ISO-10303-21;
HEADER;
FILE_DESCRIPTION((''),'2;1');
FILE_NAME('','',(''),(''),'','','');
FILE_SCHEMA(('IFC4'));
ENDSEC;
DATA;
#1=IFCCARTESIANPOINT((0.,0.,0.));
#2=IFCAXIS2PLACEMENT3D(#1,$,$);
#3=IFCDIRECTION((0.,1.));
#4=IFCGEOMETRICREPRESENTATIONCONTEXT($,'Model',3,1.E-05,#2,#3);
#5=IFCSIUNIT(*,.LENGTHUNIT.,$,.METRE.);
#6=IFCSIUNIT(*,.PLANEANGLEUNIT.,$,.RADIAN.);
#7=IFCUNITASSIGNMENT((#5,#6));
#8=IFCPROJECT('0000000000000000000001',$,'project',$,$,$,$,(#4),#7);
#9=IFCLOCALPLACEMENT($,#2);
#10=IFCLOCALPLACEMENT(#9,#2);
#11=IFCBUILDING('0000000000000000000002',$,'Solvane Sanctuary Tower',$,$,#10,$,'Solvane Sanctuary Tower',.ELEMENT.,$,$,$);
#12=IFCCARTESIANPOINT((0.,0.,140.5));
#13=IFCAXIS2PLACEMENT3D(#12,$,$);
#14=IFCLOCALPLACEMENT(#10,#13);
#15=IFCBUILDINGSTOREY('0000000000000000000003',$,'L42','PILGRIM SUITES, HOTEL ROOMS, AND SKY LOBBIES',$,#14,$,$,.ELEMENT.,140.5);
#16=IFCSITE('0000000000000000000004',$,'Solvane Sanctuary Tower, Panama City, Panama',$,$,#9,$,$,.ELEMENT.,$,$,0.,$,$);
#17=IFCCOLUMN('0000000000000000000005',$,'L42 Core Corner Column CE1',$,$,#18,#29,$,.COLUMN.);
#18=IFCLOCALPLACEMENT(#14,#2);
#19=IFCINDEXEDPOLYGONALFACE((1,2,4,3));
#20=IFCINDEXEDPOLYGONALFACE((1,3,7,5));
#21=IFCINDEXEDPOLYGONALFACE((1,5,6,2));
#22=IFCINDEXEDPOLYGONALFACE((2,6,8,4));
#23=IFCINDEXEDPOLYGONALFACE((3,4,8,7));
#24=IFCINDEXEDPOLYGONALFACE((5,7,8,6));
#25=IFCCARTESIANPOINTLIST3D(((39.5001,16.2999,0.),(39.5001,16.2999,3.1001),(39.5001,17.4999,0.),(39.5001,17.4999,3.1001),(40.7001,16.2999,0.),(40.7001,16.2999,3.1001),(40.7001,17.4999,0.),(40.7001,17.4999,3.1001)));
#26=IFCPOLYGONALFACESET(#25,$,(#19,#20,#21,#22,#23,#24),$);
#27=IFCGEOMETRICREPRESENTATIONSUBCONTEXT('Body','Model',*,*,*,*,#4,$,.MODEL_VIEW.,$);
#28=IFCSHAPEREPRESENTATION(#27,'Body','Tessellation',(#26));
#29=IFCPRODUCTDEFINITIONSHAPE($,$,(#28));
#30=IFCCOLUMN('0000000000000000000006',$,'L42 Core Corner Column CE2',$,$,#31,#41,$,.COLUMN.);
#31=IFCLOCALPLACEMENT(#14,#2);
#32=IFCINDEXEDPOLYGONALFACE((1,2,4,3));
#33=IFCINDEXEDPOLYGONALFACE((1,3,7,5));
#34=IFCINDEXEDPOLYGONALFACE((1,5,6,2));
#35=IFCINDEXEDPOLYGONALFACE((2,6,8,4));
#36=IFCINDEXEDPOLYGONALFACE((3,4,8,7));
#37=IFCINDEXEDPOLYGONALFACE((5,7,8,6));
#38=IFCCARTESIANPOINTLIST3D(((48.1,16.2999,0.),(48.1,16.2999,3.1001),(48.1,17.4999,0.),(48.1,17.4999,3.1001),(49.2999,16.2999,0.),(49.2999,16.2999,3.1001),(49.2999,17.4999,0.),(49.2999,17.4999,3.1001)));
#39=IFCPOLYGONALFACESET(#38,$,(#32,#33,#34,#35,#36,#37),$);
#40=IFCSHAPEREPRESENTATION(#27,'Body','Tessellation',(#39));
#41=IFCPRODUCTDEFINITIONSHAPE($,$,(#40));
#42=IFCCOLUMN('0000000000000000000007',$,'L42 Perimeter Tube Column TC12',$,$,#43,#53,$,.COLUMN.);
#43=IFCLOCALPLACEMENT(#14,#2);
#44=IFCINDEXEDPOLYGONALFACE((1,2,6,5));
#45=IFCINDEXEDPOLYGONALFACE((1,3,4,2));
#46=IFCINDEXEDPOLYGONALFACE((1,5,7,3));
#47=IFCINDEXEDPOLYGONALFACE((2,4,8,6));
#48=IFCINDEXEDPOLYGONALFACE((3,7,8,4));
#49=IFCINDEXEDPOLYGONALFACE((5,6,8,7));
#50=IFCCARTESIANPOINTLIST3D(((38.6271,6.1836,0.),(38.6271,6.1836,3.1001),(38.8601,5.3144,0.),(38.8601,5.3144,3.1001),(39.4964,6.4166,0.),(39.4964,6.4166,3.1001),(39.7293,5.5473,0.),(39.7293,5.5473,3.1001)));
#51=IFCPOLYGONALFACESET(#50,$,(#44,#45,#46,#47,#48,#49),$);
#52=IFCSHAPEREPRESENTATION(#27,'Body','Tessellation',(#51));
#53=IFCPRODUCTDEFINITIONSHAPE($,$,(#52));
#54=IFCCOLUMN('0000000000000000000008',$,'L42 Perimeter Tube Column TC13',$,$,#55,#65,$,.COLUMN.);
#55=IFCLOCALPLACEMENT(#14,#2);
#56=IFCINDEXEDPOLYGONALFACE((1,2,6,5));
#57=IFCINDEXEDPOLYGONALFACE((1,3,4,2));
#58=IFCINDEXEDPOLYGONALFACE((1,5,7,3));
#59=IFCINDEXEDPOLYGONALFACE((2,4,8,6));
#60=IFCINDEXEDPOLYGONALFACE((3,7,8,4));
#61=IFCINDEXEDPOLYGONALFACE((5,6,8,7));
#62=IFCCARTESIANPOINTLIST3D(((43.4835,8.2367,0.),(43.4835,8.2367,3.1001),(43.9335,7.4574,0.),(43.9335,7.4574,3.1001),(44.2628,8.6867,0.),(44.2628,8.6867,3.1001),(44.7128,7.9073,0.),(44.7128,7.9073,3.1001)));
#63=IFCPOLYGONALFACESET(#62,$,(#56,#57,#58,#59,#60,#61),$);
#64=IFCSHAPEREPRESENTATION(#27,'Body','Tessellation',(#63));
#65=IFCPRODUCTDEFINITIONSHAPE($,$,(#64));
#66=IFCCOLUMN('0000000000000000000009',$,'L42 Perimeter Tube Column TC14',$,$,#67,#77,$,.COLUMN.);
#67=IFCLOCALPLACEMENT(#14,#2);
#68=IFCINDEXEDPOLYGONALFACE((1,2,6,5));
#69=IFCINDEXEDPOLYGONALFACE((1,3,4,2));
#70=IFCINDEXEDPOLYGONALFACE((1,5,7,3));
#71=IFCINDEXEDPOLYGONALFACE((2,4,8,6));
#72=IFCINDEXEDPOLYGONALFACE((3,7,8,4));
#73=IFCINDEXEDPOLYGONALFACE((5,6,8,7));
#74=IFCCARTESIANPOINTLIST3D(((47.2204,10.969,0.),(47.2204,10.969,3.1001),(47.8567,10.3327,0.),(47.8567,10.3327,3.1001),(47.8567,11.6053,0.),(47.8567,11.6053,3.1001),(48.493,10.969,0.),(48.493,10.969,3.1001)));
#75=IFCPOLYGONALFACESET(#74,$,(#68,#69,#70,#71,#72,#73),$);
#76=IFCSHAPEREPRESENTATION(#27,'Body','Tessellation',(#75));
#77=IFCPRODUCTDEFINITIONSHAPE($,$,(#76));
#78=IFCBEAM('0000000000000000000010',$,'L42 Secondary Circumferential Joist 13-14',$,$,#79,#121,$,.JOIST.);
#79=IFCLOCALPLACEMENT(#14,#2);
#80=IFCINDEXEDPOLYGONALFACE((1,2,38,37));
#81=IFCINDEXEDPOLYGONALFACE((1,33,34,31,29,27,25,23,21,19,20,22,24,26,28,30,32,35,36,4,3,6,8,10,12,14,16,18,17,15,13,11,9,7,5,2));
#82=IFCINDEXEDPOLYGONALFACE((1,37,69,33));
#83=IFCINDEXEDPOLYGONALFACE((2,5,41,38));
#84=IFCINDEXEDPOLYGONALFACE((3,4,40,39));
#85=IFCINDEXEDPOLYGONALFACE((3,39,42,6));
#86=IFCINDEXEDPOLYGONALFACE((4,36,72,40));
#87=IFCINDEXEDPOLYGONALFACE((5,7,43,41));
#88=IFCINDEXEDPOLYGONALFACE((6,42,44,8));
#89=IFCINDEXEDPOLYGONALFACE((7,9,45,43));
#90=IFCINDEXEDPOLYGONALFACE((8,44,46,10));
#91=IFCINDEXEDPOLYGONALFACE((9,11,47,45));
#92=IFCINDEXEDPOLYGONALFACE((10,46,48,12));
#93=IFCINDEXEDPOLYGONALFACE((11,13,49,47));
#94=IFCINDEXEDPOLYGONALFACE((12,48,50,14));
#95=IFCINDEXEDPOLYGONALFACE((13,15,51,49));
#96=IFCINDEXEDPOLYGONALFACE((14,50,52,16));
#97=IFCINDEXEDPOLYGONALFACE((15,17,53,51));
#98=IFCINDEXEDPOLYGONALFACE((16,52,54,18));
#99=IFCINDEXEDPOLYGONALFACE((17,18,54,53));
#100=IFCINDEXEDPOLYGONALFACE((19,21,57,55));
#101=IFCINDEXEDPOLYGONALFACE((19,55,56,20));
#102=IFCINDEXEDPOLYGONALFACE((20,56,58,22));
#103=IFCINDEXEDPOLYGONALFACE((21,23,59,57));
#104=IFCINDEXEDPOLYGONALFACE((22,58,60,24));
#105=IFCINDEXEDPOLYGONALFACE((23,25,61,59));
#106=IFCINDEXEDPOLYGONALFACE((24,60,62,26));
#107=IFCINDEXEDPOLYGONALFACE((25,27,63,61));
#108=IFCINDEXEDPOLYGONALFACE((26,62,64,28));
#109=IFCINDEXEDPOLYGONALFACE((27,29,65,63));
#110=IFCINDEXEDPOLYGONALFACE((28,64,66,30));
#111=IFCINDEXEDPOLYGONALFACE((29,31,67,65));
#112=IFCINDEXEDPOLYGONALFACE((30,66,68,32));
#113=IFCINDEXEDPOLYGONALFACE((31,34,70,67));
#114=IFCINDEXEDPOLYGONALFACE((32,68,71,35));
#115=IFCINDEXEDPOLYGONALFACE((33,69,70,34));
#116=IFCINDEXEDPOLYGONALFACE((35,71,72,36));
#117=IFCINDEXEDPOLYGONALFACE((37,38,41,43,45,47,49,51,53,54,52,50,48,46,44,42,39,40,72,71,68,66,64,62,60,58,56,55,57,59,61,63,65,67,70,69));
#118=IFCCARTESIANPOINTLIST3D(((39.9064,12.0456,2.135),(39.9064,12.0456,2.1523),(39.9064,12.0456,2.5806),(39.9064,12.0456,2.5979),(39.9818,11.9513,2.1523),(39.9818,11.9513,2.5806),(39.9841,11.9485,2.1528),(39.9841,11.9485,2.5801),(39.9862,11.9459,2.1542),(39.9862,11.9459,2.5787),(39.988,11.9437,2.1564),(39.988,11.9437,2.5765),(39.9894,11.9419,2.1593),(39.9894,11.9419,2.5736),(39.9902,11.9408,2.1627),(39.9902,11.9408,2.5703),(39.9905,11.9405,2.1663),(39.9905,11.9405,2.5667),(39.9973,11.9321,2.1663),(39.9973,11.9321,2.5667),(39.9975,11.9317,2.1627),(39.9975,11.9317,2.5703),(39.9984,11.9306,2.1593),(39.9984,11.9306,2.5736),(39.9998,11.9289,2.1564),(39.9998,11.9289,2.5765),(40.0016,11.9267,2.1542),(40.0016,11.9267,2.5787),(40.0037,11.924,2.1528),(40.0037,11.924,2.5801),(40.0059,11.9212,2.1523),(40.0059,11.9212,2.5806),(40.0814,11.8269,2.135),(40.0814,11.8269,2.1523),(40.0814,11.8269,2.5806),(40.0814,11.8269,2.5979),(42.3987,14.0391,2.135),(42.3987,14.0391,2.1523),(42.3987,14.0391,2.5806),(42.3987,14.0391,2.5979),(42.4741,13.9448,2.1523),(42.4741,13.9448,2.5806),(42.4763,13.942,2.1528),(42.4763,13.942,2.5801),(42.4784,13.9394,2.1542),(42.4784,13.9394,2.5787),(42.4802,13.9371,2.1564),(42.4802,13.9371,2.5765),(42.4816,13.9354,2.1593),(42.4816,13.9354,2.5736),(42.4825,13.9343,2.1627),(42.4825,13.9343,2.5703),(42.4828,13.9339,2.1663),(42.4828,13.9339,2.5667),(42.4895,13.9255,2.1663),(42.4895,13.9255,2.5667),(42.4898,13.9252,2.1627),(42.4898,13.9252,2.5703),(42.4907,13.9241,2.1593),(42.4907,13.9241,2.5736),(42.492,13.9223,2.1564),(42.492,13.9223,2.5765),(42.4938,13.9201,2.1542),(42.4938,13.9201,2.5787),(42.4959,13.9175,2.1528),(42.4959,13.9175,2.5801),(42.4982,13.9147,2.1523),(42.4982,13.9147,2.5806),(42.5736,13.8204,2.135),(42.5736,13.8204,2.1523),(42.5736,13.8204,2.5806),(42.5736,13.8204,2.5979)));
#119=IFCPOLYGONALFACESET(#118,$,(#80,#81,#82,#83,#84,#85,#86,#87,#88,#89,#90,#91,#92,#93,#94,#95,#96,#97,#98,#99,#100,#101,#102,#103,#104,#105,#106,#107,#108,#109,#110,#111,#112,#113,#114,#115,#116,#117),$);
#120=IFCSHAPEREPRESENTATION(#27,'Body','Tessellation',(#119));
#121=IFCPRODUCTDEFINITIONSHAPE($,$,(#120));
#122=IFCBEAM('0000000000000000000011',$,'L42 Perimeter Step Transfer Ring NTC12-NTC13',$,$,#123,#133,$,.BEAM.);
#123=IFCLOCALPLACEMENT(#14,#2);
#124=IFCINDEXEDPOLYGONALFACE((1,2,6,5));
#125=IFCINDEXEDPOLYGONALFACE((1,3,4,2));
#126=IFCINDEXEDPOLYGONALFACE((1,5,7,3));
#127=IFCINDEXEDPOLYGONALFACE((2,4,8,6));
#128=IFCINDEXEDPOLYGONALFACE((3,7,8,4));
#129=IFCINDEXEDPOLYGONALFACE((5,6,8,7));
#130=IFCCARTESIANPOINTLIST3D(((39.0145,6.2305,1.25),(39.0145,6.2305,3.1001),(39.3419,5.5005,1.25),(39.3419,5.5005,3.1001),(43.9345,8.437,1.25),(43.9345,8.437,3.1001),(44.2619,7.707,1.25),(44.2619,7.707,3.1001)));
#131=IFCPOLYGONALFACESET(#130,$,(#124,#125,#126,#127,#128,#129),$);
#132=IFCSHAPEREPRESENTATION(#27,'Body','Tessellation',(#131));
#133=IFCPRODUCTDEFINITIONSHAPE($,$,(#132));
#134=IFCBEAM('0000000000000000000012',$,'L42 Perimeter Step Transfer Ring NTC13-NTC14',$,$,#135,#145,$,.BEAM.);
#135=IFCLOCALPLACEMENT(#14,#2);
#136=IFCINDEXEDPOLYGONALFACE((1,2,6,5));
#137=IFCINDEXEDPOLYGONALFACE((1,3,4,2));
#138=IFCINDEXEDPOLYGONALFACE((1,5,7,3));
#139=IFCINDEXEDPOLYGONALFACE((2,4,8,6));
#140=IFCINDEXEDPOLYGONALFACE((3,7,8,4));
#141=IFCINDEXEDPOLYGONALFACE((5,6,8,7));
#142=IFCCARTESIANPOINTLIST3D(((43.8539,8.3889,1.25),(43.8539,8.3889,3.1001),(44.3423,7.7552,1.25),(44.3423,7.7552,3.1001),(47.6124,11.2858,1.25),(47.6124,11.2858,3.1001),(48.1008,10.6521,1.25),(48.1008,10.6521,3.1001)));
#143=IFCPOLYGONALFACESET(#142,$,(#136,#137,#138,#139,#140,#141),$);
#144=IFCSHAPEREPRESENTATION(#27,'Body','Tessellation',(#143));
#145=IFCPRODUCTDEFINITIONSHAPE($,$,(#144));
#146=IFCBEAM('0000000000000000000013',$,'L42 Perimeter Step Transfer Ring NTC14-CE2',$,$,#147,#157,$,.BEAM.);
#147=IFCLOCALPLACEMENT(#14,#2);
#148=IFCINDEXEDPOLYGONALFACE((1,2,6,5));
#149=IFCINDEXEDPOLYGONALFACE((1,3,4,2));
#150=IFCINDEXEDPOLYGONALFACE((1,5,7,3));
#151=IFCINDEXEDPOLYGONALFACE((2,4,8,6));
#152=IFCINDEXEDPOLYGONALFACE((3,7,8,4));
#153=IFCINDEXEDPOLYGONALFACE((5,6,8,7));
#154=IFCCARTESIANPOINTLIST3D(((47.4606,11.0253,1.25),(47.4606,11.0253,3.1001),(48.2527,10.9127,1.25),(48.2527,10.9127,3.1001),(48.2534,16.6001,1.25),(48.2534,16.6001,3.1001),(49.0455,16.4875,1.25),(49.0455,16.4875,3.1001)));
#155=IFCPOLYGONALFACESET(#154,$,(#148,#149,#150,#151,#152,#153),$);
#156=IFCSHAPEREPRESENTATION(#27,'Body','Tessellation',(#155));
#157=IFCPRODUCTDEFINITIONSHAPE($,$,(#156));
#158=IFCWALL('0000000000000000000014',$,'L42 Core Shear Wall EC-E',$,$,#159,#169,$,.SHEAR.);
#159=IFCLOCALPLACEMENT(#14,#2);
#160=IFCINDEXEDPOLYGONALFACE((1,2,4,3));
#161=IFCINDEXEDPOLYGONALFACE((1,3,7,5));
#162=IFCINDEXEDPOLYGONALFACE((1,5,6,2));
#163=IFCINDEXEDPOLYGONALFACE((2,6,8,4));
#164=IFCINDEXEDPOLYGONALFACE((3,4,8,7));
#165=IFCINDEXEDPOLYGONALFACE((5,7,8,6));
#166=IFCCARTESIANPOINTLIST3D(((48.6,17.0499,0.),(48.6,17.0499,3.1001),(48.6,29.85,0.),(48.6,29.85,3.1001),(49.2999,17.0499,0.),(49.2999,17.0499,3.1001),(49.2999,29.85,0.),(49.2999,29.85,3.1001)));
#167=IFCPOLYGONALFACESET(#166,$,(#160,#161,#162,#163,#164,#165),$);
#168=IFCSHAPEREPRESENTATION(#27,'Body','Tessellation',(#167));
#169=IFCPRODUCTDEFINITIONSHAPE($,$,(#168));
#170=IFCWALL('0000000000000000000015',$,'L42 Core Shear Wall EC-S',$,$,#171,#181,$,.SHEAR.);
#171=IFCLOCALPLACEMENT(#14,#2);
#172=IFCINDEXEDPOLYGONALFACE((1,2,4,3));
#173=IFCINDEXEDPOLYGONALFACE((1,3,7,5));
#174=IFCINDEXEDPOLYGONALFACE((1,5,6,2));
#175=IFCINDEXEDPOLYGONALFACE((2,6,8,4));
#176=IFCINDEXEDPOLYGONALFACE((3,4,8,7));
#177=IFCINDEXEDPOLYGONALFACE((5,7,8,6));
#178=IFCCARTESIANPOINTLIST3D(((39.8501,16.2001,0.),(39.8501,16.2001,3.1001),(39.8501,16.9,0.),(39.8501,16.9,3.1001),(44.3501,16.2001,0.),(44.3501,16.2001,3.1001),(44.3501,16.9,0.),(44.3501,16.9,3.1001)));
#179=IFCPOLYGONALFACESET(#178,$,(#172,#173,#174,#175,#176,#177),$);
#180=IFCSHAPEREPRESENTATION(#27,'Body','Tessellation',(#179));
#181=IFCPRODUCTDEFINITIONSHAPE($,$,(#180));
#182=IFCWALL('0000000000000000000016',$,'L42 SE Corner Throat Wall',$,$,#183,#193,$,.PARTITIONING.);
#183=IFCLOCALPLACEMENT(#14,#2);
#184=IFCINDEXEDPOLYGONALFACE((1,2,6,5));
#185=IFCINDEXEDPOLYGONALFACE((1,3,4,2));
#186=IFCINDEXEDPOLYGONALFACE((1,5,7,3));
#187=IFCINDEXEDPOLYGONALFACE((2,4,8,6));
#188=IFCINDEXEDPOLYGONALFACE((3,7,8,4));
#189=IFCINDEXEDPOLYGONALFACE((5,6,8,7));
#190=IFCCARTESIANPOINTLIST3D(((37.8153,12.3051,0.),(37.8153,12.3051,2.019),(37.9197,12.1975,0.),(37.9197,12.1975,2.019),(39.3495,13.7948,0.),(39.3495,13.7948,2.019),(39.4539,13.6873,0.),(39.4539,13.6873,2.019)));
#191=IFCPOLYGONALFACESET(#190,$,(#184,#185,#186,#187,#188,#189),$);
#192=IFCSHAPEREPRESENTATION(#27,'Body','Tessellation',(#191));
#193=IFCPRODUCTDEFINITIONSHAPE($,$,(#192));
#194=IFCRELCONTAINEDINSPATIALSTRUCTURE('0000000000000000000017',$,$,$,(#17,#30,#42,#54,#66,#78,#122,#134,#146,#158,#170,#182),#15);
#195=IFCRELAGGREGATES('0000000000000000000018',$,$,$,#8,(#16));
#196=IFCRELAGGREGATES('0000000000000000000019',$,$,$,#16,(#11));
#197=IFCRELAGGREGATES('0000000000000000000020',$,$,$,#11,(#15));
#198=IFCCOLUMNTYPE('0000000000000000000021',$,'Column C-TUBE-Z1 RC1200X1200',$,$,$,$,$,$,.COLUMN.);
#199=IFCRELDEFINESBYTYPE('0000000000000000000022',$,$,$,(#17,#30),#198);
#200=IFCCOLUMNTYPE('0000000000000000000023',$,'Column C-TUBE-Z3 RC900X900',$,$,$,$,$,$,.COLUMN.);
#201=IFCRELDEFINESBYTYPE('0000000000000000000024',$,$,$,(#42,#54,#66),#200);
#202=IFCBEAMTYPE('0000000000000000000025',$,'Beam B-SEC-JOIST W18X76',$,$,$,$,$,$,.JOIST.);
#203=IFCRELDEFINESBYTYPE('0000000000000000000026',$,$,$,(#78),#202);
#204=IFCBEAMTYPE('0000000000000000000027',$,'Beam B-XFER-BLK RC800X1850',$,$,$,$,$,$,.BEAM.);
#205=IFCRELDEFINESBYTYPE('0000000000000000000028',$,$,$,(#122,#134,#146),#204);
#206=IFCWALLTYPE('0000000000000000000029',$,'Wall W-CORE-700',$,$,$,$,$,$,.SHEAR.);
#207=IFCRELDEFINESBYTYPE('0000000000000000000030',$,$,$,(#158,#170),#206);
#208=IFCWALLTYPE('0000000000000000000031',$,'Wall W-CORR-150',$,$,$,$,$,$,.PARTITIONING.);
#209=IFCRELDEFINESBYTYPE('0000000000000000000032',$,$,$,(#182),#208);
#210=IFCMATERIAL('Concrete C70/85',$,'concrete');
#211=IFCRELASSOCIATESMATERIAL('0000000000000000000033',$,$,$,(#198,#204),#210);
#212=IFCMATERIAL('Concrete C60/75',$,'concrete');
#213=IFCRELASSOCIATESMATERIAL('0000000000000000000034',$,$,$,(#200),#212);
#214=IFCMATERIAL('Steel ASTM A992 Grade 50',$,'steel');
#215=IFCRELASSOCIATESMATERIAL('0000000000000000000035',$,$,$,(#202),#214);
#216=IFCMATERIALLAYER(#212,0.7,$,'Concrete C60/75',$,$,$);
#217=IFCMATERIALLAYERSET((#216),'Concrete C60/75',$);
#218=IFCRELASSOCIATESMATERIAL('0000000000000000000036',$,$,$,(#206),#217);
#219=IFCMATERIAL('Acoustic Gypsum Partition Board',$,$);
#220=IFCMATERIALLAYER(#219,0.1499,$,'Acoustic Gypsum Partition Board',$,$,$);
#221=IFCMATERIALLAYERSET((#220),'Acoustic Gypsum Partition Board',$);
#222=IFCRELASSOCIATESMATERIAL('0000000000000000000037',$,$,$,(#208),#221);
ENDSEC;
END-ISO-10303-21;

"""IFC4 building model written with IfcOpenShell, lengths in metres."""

from ifc_helpers import new_model, si_unit, direction, frame, frame_2d, origin, origin_2d, place, context, subcontext, project, spatial, rectangle, i_section, extrude, material, layer, layer_set, material_profile, profile_set, type_object, element, save


model = new_model("IFC4")

# Units and contexts
model_context = context("Model", 3, precision=1e-05, world=origin(), true_north=direction((0.0, 1.0)))
body_context = subcontext(model_context, "Body", "Model", "MODEL_VIEW")
ifc_project = project(units=[si_unit("LENGTHUNIT", "METRE"), si_unit("PLANEANGLEUNIT", "RADIAN")], contexts=[model_context])

# Site, building, storey
site_placement = place(None, origin())
site = spatial("IfcSite", under=ifc_project, at=site_placement, Name="Solvane Sanctuary Tower, Panama City, Panama", CompositionType="ELEMENT", RefElevation=0.0)
building_placement = place(site_placement, origin())
building = spatial("IfcBuilding", under=site, at=building_placement, Name="Solvane Sanctuary Tower", LongName="Solvane Sanctuary Tower", CompositionType="ELEMENT")
storey_placement = place(building_placement, frame((0.0, 0.0, 140.5)))
storey = spatial("IfcBuildingStorey", under=building, at=storey_placement, Name="L42", Description="PILGRIM SUITES, HOTEL ROOMS, AND SKY LOBBIES", CompositionType="ELEMENT", Elevation=140.5)

# Columns
ifc_material_1 = material(Name="Concrete C70/85", Category="concrete")
ifc_material_profile_1 = material_profile(ifc_material_1, rectangle(XDim=1.2, YDim=1.2, at=origin_2d()), Name="RC1200X1200")
ifc_profile_set_1 = profile_set([ifc_material_profile_1], Name="Concrete C70/85")
column_type_1 = type_object("IfcColumnType", Name="Column C-TUBE-Z1 RC1200X1200", PredefinedType="COLUMN", material=ifc_profile_set_1)
for number, where, z_axis, x_axis, name in (
    (1, (40.1001, 16.8999, 0.0), (0.0, 0.0, 1.0), (1.0, 0.0, 0.0), "L42 Core Corner Column CE1"),
    (2, (48.7, 16.8999, 0.0), (0.0, 0.0, 1.0), (1.0, 0.0, 0.0), "L42 Core Corner Column CE2"),
):
    element("IfcColumn", number, at=place(storey_placement, frame(where, z_axis=z_axis, x_axis=x_axis)), inside=storey, type_object=column_type_1, Name=name, PredefinedType="COLUMN", context=body_context, shape_type="SweptSolid", body=[
        extrude(rectangle(XDim=1.2, YDim=1.2, at=origin_2d()), origin(), (0.0, 0.0, 1.0), 3.1001),
    ])
ifc_material_2 = material(Name="Concrete C60/75", Category="concrete")
ifc_material_profile_2 = material_profile(ifc_material_2, rectangle(XDim=0.8999, YDim=0.8999, at=origin_2d()), Name="RC900X900")
ifc_profile_set_2 = profile_set([ifc_material_profile_2], Name="Concrete C60/75")
column_type_2 = type_object("IfcColumnType", Name="Column C-TUBE-Z3 RC900X900", PredefinedType="COLUMN", material=ifc_profile_set_2)
for number, where, z_axis, x_axis, name in (
    (3, (39.1782, 5.8655, 0.0), (0.0, 0.0, 1.0), (0.258819, -0.965926, 0.0), "L42 Perimeter Tube Column TC12"),
    (4, (44.0981, 8.072, 0.0), (0.0, 0.0, 1.0), (0.5, -0.866025, 0.0), "L42 Perimeter Tube Column TC13"),
    (5, (47.8567, 10.969, 0.0), (0.0, 0.0, 1.0), (0.707107, -0.707107, 0.0), "L42 Perimeter Tube Column TC14"),
):
    element("IfcColumn", number, at=place(storey_placement, frame(where, z_axis=z_axis, x_axis=x_axis)), inside=storey, type_object=column_type_2, Name=name, PredefinedType="COLUMN", context=body_context, shape_type="SweptSolid", body=[
        extrude(rectangle(XDim=0.8999, YDim=0.8999, at=origin_2d()), origin(), (0.0, 0.0, 1.0), 3.1001),
    ])

# Beams
ifc_material_3 = material(Name="Steel ASTM A992 Grade 50", Category="steel")
ifc_material_profile_3 = material_profile(ifc_material_3, i_section(OverallWidth=0.28, OverallDepth=0.4629, WebThickness=0.0107, FlangeThickness=0.0173, FilletRadius=0.0139, at=origin_2d()), Name="W18X76")
ifc_profile_set_3 = profile_set([ifc_material_profile_3], Name="Steel ASTM A992 Grade 50")
beam_type_1 = type_object("IfcBeamType", Name="Beam B-SEC-JOIST W18X76", PredefinedType="JOIST", material=ifc_profile_set_3)
beam_1_placement = place(storey_placement, frame((39.9939, 11.9363, 2.3665), z_axis=(0.780921, 0.62463, 0.0), x_axis=(-0.62463, 0.780921, 0.0)))
element("IfcBeam", 6, at=beam_1_placement, inside=storey, type_object=beam_type_1, Name="L42 Secondary Circumferential Joist 13-14", PredefinedType="JOIST", context=body_context, shape_type="SweptSolid", body=[
    extrude(i_section(OverallWidth=0.28, OverallDepth=0.4629, WebThickness=0.0107, FlangeThickness=0.0173, FilletRadius=0.0139, at=origin_2d()), origin(), (0.0, 0.0, 1.0), 3.1914),
])
ifc_material_profile_4 = material_profile(ifc_material_1, rectangle(XDim=0.8, YDim=1.8501, at=origin_2d()), Name="RC800X1850")
ifc_profile_set_4 = profile_set([ifc_material_profile_4], Name="Concrete C70/85")
beam_type_2 = type_object("IfcBeamType", Name="Beam B-XFER-BLK RC800X1850", PredefinedType="BEAM", material=ifc_profile_set_4)
beam_2_placement = place(storey_placement, frame((39.1782, 5.8655, 2.175), z_axis=(0.912436, 0.40922, 0.0), x_axis=(-0.40922, 0.912436, 0.0)))
element("IfcBeam", 7, at=beam_2_placement, inside=storey, type_object=beam_type_2, Name="L42 Perimeter Step Transfer Ring NTC12-NTC13", PredefinedType="BEAM", context=body_context, shape_type="SweptSolid", body=[
    extrude(rectangle(XDim=0.8, YDim=1.8501, at=origin_2d()), origin(), (0.0, 0.0, 1.0), 5.3921),
])
beam_3_placement = place(storey_placement, frame((44.0981, 8.072, 2.175), z_axis=(0.792035, 0.610476, 0.0), x_axis=(-0.610476, 0.792035, 0.0)))
element("IfcBeam", 8, at=beam_3_placement, inside=storey, type_object=beam_type_2, Name="L42 Perimeter Step Transfer Ring NTC13-NTC14", PredefinedType="BEAM", context=body_context, shape_type="SweptSolid", body=[
    extrude(rectangle(XDim=0.8, YDim=1.8501, at=origin_2d()), origin(), (0.0, 0.0, 1.0), 4.7454),
])
beam_4_placement = place(storey_placement, frame((47.8567, 10.969, 2.175), z_axis=(0.140784, 0.99004, 0.0), x_axis=(-0.99004, 0.140784, 0.0)))
element("IfcBeam", 9, at=beam_4_placement, inside=storey, type_object=beam_type_2, Name="L42 Perimeter Step Transfer Ring NTC14-CE2", PredefinedType="BEAM", context=body_context, shape_type="SweptSolid", body=[
    extrude(rectangle(XDim=0.8, YDim=1.8501, at=origin_2d()), origin(), (0.0, 0.0, 1.0), 5.6309),
])

# Walls
ifc_layer_1 = layer(ifc_material_2, 0.7, Name="Concrete C60/75")
ifc_layer_set_1 = layer_set([ifc_layer_1], Name="Concrete C60/75")
wall_type_1 = type_object("IfcWallType", Name="Wall W-CORE-700", PredefinedType="SHEAR", material=ifc_layer_set_1)
wall_1_placement = place(storey_placement, frame((48.95, 17.05, 0.0), z_axis=(0.0, 0.0, 1.0), x_axis=(0.0, 1.0, 0.0)))
element("IfcWall", 10, at=wall_1_placement, inside=storey, type_object=wall_type_1, Name="L42 Core Shear Wall EC-E", PredefinedType="SHEAR", context=body_context, shape_type="SweptSolid", body=[
    extrude(rectangle(XDim=12.8, YDim=0.7, at=frame_2d((6.3999, 0.0))), origin(), (0.0, 0.0, 1.0), 3.1001),
])
wall_2_placement = place(storey_placement, frame((39.8501, 16.55, 0.0), z_axis=(0.0, 0.0, 1.0), x_axis=(1.0, 0.0, 0.0)))
element("IfcWall", 11, at=wall_2_placement, inside=storey, type_object=wall_type_1, Name="L42 Core Shear Wall EC-S", PredefinedType="SHEAR", context=body_context, shape_type="SweptSolid", body=[
    extrude(rectangle(XDim=4.5, YDim=0.7, at=frame_2d((2.25, 0.0))), origin(), (0.0, 0.0, 1.0), 3.1001),
])
ifc_material_4 = material(Name="Acoustic Gypsum Partition Board")
ifc_layer_2 = layer(ifc_material_4, 0.1499, Name="Acoustic Gypsum Partition Board")
ifc_layer_set_2 = layer_set([ifc_layer_2], Name="Acoustic Gypsum Partition Board")
wall_type_2 = type_object("IfcWallType", Name="Wall W-CORR-150", PredefinedType="PARTITIONING", material=ifc_layer_set_2)
wall_3_placement = place(storey_placement, frame((37.8674, 12.2512, 0.0), z_axis=(0.0, 0.0, 1.0), x_axis=(0.71742, 0.696641, 0.0)))
element("IfcWall", 12, at=wall_3_placement, inside=storey, type_object=wall_type_2, Name="L42 SE Corner Throat Wall", PredefinedType="PARTITIONING", context=body_context, shape_type="SweptSolid", body=[
    extrude(rectangle(XDim=2.1384, YDim=0.1499, at=frame_2d((1.0693, 0.0))), origin(), (0.0, 0.0, 1.0), 2.019),
])

save(model, "model.ifc")
